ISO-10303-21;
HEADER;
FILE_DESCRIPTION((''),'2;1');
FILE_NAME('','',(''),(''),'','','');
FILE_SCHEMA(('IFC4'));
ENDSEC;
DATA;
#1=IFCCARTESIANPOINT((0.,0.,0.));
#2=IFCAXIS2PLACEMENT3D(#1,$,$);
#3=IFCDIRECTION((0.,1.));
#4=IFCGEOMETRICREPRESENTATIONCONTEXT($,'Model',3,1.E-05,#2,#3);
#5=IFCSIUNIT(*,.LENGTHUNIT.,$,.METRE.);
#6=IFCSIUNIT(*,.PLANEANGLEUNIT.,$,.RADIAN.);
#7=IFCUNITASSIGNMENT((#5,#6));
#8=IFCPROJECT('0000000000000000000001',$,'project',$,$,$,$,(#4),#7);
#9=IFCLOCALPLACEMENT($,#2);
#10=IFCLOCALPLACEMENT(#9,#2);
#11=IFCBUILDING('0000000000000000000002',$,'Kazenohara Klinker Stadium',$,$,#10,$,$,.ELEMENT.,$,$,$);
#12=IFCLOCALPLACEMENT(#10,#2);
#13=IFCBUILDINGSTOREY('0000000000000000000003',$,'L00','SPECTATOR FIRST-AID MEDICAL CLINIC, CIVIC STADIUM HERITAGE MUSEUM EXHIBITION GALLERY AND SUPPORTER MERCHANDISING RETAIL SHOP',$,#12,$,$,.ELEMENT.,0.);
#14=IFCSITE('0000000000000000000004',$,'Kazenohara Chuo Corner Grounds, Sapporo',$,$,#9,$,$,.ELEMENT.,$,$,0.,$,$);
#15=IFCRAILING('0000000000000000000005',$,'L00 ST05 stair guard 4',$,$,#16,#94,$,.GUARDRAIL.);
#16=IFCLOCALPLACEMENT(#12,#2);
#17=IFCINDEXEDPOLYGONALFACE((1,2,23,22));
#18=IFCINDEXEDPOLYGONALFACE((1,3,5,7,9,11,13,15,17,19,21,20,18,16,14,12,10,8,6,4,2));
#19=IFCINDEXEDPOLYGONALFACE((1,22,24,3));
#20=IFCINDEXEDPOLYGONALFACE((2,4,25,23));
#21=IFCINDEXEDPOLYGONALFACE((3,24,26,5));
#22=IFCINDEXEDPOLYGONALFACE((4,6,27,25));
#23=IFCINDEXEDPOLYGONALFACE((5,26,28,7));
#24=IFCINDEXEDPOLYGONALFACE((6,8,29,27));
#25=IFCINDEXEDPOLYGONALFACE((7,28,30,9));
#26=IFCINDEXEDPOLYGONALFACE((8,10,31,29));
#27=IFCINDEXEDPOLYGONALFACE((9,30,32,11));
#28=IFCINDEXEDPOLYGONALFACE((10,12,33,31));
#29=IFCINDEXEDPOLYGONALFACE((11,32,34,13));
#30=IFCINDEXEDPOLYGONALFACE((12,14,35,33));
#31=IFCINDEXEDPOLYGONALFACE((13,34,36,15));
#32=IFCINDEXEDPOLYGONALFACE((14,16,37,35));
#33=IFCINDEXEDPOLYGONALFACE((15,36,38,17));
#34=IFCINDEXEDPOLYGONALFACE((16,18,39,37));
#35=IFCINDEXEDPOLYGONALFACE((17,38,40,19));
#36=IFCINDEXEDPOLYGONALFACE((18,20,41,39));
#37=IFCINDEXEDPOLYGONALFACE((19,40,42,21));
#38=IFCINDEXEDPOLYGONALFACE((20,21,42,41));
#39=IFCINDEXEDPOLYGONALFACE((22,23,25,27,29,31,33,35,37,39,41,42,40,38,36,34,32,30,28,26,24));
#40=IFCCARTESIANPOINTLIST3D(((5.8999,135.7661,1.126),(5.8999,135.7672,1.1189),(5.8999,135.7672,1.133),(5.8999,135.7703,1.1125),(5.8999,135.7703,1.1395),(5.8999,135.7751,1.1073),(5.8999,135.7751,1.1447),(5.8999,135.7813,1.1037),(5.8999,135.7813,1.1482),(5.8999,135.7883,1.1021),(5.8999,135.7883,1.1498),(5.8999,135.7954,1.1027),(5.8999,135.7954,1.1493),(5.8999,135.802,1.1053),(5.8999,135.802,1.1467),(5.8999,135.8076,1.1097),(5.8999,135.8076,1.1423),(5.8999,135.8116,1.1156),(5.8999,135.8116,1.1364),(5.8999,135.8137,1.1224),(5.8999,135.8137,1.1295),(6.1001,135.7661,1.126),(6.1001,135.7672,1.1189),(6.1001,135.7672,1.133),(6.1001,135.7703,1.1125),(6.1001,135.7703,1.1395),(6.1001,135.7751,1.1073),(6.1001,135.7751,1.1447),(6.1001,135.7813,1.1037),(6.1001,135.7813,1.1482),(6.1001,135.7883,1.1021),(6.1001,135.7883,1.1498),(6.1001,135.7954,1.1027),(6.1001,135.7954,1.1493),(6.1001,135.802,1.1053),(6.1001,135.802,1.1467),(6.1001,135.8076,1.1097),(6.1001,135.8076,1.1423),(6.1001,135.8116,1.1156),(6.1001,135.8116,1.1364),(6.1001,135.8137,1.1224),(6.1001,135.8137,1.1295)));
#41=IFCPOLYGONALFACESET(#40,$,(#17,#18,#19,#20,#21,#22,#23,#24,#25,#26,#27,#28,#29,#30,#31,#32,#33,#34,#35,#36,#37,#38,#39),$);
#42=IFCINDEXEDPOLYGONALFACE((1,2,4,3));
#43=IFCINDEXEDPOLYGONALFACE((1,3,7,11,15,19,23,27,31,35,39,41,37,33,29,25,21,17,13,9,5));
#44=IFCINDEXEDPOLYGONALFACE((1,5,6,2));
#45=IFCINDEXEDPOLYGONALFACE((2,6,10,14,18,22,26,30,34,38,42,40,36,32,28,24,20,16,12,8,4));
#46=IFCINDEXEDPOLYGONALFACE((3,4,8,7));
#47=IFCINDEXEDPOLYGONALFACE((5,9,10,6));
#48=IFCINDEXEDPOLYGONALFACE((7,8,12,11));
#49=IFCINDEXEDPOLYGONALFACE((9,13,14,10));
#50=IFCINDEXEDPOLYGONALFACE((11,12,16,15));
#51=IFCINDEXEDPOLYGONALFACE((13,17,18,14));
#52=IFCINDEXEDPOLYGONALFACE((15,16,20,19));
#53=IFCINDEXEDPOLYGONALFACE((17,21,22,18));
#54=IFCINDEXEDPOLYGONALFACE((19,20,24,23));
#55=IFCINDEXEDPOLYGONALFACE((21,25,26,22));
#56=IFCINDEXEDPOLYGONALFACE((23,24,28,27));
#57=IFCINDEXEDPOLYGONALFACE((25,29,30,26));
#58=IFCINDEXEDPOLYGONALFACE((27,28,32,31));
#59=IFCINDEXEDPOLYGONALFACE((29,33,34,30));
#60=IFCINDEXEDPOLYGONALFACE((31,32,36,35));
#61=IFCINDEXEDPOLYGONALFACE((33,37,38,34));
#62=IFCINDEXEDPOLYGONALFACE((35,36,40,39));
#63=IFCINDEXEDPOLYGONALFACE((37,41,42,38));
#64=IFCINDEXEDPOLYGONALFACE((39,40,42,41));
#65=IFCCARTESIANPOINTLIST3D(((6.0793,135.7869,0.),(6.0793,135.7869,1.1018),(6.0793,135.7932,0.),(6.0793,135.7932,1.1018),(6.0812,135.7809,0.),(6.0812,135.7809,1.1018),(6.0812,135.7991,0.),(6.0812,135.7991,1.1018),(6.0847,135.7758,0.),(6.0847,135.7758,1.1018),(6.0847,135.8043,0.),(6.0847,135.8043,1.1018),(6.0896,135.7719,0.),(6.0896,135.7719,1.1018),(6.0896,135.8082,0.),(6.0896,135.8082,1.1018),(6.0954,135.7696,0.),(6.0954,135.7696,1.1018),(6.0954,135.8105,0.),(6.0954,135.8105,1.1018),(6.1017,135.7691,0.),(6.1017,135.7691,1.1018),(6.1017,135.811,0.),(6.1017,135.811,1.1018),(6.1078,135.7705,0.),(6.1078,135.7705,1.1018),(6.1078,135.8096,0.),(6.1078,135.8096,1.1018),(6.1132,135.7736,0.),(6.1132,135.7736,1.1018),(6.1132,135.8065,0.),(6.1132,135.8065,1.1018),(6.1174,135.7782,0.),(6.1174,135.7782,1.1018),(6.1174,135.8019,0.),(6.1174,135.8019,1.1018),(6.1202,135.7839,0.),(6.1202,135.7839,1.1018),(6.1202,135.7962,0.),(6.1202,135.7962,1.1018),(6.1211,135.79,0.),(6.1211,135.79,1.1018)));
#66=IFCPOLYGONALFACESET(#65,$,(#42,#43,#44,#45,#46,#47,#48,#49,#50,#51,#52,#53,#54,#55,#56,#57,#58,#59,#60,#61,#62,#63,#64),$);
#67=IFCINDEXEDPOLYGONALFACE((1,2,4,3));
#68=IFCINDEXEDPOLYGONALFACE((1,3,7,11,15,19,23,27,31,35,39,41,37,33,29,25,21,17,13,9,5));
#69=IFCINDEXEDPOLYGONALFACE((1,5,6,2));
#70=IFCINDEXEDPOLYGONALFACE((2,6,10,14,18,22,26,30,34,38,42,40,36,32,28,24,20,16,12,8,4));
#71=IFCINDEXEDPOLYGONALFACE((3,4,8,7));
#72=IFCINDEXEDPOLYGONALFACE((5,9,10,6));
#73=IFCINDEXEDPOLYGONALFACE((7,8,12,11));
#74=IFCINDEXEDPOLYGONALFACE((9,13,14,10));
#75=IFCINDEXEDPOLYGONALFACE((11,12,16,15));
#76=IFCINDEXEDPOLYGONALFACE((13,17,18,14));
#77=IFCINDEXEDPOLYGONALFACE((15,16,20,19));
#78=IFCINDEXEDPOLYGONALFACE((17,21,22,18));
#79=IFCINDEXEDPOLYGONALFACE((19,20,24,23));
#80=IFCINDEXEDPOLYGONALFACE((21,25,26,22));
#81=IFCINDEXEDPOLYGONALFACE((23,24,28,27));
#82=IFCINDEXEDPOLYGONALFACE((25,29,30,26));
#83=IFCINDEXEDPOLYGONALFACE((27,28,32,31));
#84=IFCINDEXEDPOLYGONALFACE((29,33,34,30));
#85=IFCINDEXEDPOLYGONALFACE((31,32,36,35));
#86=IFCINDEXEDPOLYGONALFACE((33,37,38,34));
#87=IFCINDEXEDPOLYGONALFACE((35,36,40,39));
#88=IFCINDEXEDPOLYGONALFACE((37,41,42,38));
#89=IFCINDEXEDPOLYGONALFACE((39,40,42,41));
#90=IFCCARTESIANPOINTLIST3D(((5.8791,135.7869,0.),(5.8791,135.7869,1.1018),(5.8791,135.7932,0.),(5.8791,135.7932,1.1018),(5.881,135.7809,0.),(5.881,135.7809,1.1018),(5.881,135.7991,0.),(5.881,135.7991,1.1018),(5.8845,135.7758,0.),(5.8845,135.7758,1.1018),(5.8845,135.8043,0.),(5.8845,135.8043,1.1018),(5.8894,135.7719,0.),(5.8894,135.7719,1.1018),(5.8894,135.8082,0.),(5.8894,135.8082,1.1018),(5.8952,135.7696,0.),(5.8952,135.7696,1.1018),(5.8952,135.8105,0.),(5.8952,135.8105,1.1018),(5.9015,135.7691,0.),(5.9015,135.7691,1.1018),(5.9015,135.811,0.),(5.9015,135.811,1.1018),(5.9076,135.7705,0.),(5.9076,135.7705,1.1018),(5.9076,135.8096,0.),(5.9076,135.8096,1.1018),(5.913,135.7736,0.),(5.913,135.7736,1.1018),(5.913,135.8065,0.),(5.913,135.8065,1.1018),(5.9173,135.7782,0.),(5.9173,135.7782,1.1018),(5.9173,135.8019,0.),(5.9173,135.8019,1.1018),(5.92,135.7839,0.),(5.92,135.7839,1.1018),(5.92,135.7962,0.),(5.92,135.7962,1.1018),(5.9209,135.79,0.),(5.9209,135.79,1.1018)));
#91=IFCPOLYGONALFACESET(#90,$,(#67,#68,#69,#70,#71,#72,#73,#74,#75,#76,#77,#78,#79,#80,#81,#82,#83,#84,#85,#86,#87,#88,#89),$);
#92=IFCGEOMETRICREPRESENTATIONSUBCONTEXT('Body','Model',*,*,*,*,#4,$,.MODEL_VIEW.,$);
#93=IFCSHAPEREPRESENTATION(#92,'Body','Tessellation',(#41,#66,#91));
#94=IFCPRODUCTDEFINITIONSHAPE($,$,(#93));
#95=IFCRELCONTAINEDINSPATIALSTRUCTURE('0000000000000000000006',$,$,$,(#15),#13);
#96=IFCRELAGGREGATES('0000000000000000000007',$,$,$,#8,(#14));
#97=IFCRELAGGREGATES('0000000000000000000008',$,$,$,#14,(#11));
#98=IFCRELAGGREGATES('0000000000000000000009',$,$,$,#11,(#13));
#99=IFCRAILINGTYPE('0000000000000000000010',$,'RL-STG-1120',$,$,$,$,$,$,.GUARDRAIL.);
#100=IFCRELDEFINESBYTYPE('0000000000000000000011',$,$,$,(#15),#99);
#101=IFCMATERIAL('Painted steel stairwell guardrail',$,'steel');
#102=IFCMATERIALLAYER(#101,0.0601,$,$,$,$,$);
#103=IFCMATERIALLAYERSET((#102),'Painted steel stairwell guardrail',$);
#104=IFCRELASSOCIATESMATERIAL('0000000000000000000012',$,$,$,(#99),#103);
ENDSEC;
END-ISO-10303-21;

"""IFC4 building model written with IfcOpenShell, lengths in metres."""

from ifc_helpers import new_model, si_unit, direction, frame, origin, origin_2d, place, context, subcontext, project, spatial, circle, extrude, material, layer, layer_set, type_object, element, save


model = new_model("IFC4")

# Units and contexts
model_context = context("Model", 3, precision=1e-05, world=origin(), true_north=direction((0.0, 1.0)))
body_context = subcontext(model_context, "Body", "Model", "MODEL_VIEW")
ifc_project = project(units=[si_unit("LENGTHUNIT", "METRE"), si_unit("PLANEANGLEUNIT", "RADIAN")], contexts=[model_context])

# Site, building, storey
site_placement = place(None, origin())
site = spatial("IfcSite", under=ifc_project, at=site_placement, Name="Kazenohara Chuo Corner Grounds, Sapporo", CompositionType="ELEMENT", RefElevation=0.0)
building_placement = place(site_placement, origin())
building = spatial("IfcBuilding", under=site, at=building_placement, Name="Kazenohara Klinker Stadium", CompositionType="ELEMENT")
storey_placement = place(building_placement, origin())
storey = spatial("IfcBuildingStorey", under=building, at=storey_placement, Name="L00", Description="SPECTATOR FIRST-AID MEDICAL CLINIC, CIVIC STADIUM HERITAGE MUSEUM EXHIBITION GALLERY AND SUPPORTER MERCHANDISING RETAIL SHOP", CompositionType="ELEMENT", Elevation=0.0)

# Railing
ifc_material_1 = material(Name="Painted steel stairwell guardrail", Category="steel")
ifc_layer_1 = layer(ifc_material_1, 0.0601)
ifc_layer_set_1 = layer_set([ifc_layer_1], Name="Painted steel stairwell guardrail")
railing_type_1 = type_object("IfcRailingType", Name="RL-STG-1120", PredefinedType="GUARDRAIL", material=ifc_layer_set_1)
railing_1_placement = place(storey_placement, frame((6.1001, 135.79, 0.0)))
element("IfcRailing", 1, at=railing_1_placement, inside=storey, type_object=railing_type_1, Name="L00 ST05 stair guard 4", PredefinedType="GUARDRAIL", context=body_context, shape_type="SweptSolid", body=[
    extrude(circle(Radius=0.0239, at=origin_2d()), frame((0.0, 0.0, 1.126), z_axis=(-1.0, 0.0, 0.0), x_axis=(0.0, -1.0, 0.0)), (0.0, 0.0, 1.0), 0.2002),
    extrude(circle(Radius=0.021, at=origin_2d()), origin(), (0.0, 0.0, 1.0), 1.1018),
    extrude(circle(Radius=0.021, at=origin_2d()), frame((-0.2002, 0.0, 0.0)), (0.0, 0.0, 1.0), 1.1018),
])

save(model, "model.ifc")
